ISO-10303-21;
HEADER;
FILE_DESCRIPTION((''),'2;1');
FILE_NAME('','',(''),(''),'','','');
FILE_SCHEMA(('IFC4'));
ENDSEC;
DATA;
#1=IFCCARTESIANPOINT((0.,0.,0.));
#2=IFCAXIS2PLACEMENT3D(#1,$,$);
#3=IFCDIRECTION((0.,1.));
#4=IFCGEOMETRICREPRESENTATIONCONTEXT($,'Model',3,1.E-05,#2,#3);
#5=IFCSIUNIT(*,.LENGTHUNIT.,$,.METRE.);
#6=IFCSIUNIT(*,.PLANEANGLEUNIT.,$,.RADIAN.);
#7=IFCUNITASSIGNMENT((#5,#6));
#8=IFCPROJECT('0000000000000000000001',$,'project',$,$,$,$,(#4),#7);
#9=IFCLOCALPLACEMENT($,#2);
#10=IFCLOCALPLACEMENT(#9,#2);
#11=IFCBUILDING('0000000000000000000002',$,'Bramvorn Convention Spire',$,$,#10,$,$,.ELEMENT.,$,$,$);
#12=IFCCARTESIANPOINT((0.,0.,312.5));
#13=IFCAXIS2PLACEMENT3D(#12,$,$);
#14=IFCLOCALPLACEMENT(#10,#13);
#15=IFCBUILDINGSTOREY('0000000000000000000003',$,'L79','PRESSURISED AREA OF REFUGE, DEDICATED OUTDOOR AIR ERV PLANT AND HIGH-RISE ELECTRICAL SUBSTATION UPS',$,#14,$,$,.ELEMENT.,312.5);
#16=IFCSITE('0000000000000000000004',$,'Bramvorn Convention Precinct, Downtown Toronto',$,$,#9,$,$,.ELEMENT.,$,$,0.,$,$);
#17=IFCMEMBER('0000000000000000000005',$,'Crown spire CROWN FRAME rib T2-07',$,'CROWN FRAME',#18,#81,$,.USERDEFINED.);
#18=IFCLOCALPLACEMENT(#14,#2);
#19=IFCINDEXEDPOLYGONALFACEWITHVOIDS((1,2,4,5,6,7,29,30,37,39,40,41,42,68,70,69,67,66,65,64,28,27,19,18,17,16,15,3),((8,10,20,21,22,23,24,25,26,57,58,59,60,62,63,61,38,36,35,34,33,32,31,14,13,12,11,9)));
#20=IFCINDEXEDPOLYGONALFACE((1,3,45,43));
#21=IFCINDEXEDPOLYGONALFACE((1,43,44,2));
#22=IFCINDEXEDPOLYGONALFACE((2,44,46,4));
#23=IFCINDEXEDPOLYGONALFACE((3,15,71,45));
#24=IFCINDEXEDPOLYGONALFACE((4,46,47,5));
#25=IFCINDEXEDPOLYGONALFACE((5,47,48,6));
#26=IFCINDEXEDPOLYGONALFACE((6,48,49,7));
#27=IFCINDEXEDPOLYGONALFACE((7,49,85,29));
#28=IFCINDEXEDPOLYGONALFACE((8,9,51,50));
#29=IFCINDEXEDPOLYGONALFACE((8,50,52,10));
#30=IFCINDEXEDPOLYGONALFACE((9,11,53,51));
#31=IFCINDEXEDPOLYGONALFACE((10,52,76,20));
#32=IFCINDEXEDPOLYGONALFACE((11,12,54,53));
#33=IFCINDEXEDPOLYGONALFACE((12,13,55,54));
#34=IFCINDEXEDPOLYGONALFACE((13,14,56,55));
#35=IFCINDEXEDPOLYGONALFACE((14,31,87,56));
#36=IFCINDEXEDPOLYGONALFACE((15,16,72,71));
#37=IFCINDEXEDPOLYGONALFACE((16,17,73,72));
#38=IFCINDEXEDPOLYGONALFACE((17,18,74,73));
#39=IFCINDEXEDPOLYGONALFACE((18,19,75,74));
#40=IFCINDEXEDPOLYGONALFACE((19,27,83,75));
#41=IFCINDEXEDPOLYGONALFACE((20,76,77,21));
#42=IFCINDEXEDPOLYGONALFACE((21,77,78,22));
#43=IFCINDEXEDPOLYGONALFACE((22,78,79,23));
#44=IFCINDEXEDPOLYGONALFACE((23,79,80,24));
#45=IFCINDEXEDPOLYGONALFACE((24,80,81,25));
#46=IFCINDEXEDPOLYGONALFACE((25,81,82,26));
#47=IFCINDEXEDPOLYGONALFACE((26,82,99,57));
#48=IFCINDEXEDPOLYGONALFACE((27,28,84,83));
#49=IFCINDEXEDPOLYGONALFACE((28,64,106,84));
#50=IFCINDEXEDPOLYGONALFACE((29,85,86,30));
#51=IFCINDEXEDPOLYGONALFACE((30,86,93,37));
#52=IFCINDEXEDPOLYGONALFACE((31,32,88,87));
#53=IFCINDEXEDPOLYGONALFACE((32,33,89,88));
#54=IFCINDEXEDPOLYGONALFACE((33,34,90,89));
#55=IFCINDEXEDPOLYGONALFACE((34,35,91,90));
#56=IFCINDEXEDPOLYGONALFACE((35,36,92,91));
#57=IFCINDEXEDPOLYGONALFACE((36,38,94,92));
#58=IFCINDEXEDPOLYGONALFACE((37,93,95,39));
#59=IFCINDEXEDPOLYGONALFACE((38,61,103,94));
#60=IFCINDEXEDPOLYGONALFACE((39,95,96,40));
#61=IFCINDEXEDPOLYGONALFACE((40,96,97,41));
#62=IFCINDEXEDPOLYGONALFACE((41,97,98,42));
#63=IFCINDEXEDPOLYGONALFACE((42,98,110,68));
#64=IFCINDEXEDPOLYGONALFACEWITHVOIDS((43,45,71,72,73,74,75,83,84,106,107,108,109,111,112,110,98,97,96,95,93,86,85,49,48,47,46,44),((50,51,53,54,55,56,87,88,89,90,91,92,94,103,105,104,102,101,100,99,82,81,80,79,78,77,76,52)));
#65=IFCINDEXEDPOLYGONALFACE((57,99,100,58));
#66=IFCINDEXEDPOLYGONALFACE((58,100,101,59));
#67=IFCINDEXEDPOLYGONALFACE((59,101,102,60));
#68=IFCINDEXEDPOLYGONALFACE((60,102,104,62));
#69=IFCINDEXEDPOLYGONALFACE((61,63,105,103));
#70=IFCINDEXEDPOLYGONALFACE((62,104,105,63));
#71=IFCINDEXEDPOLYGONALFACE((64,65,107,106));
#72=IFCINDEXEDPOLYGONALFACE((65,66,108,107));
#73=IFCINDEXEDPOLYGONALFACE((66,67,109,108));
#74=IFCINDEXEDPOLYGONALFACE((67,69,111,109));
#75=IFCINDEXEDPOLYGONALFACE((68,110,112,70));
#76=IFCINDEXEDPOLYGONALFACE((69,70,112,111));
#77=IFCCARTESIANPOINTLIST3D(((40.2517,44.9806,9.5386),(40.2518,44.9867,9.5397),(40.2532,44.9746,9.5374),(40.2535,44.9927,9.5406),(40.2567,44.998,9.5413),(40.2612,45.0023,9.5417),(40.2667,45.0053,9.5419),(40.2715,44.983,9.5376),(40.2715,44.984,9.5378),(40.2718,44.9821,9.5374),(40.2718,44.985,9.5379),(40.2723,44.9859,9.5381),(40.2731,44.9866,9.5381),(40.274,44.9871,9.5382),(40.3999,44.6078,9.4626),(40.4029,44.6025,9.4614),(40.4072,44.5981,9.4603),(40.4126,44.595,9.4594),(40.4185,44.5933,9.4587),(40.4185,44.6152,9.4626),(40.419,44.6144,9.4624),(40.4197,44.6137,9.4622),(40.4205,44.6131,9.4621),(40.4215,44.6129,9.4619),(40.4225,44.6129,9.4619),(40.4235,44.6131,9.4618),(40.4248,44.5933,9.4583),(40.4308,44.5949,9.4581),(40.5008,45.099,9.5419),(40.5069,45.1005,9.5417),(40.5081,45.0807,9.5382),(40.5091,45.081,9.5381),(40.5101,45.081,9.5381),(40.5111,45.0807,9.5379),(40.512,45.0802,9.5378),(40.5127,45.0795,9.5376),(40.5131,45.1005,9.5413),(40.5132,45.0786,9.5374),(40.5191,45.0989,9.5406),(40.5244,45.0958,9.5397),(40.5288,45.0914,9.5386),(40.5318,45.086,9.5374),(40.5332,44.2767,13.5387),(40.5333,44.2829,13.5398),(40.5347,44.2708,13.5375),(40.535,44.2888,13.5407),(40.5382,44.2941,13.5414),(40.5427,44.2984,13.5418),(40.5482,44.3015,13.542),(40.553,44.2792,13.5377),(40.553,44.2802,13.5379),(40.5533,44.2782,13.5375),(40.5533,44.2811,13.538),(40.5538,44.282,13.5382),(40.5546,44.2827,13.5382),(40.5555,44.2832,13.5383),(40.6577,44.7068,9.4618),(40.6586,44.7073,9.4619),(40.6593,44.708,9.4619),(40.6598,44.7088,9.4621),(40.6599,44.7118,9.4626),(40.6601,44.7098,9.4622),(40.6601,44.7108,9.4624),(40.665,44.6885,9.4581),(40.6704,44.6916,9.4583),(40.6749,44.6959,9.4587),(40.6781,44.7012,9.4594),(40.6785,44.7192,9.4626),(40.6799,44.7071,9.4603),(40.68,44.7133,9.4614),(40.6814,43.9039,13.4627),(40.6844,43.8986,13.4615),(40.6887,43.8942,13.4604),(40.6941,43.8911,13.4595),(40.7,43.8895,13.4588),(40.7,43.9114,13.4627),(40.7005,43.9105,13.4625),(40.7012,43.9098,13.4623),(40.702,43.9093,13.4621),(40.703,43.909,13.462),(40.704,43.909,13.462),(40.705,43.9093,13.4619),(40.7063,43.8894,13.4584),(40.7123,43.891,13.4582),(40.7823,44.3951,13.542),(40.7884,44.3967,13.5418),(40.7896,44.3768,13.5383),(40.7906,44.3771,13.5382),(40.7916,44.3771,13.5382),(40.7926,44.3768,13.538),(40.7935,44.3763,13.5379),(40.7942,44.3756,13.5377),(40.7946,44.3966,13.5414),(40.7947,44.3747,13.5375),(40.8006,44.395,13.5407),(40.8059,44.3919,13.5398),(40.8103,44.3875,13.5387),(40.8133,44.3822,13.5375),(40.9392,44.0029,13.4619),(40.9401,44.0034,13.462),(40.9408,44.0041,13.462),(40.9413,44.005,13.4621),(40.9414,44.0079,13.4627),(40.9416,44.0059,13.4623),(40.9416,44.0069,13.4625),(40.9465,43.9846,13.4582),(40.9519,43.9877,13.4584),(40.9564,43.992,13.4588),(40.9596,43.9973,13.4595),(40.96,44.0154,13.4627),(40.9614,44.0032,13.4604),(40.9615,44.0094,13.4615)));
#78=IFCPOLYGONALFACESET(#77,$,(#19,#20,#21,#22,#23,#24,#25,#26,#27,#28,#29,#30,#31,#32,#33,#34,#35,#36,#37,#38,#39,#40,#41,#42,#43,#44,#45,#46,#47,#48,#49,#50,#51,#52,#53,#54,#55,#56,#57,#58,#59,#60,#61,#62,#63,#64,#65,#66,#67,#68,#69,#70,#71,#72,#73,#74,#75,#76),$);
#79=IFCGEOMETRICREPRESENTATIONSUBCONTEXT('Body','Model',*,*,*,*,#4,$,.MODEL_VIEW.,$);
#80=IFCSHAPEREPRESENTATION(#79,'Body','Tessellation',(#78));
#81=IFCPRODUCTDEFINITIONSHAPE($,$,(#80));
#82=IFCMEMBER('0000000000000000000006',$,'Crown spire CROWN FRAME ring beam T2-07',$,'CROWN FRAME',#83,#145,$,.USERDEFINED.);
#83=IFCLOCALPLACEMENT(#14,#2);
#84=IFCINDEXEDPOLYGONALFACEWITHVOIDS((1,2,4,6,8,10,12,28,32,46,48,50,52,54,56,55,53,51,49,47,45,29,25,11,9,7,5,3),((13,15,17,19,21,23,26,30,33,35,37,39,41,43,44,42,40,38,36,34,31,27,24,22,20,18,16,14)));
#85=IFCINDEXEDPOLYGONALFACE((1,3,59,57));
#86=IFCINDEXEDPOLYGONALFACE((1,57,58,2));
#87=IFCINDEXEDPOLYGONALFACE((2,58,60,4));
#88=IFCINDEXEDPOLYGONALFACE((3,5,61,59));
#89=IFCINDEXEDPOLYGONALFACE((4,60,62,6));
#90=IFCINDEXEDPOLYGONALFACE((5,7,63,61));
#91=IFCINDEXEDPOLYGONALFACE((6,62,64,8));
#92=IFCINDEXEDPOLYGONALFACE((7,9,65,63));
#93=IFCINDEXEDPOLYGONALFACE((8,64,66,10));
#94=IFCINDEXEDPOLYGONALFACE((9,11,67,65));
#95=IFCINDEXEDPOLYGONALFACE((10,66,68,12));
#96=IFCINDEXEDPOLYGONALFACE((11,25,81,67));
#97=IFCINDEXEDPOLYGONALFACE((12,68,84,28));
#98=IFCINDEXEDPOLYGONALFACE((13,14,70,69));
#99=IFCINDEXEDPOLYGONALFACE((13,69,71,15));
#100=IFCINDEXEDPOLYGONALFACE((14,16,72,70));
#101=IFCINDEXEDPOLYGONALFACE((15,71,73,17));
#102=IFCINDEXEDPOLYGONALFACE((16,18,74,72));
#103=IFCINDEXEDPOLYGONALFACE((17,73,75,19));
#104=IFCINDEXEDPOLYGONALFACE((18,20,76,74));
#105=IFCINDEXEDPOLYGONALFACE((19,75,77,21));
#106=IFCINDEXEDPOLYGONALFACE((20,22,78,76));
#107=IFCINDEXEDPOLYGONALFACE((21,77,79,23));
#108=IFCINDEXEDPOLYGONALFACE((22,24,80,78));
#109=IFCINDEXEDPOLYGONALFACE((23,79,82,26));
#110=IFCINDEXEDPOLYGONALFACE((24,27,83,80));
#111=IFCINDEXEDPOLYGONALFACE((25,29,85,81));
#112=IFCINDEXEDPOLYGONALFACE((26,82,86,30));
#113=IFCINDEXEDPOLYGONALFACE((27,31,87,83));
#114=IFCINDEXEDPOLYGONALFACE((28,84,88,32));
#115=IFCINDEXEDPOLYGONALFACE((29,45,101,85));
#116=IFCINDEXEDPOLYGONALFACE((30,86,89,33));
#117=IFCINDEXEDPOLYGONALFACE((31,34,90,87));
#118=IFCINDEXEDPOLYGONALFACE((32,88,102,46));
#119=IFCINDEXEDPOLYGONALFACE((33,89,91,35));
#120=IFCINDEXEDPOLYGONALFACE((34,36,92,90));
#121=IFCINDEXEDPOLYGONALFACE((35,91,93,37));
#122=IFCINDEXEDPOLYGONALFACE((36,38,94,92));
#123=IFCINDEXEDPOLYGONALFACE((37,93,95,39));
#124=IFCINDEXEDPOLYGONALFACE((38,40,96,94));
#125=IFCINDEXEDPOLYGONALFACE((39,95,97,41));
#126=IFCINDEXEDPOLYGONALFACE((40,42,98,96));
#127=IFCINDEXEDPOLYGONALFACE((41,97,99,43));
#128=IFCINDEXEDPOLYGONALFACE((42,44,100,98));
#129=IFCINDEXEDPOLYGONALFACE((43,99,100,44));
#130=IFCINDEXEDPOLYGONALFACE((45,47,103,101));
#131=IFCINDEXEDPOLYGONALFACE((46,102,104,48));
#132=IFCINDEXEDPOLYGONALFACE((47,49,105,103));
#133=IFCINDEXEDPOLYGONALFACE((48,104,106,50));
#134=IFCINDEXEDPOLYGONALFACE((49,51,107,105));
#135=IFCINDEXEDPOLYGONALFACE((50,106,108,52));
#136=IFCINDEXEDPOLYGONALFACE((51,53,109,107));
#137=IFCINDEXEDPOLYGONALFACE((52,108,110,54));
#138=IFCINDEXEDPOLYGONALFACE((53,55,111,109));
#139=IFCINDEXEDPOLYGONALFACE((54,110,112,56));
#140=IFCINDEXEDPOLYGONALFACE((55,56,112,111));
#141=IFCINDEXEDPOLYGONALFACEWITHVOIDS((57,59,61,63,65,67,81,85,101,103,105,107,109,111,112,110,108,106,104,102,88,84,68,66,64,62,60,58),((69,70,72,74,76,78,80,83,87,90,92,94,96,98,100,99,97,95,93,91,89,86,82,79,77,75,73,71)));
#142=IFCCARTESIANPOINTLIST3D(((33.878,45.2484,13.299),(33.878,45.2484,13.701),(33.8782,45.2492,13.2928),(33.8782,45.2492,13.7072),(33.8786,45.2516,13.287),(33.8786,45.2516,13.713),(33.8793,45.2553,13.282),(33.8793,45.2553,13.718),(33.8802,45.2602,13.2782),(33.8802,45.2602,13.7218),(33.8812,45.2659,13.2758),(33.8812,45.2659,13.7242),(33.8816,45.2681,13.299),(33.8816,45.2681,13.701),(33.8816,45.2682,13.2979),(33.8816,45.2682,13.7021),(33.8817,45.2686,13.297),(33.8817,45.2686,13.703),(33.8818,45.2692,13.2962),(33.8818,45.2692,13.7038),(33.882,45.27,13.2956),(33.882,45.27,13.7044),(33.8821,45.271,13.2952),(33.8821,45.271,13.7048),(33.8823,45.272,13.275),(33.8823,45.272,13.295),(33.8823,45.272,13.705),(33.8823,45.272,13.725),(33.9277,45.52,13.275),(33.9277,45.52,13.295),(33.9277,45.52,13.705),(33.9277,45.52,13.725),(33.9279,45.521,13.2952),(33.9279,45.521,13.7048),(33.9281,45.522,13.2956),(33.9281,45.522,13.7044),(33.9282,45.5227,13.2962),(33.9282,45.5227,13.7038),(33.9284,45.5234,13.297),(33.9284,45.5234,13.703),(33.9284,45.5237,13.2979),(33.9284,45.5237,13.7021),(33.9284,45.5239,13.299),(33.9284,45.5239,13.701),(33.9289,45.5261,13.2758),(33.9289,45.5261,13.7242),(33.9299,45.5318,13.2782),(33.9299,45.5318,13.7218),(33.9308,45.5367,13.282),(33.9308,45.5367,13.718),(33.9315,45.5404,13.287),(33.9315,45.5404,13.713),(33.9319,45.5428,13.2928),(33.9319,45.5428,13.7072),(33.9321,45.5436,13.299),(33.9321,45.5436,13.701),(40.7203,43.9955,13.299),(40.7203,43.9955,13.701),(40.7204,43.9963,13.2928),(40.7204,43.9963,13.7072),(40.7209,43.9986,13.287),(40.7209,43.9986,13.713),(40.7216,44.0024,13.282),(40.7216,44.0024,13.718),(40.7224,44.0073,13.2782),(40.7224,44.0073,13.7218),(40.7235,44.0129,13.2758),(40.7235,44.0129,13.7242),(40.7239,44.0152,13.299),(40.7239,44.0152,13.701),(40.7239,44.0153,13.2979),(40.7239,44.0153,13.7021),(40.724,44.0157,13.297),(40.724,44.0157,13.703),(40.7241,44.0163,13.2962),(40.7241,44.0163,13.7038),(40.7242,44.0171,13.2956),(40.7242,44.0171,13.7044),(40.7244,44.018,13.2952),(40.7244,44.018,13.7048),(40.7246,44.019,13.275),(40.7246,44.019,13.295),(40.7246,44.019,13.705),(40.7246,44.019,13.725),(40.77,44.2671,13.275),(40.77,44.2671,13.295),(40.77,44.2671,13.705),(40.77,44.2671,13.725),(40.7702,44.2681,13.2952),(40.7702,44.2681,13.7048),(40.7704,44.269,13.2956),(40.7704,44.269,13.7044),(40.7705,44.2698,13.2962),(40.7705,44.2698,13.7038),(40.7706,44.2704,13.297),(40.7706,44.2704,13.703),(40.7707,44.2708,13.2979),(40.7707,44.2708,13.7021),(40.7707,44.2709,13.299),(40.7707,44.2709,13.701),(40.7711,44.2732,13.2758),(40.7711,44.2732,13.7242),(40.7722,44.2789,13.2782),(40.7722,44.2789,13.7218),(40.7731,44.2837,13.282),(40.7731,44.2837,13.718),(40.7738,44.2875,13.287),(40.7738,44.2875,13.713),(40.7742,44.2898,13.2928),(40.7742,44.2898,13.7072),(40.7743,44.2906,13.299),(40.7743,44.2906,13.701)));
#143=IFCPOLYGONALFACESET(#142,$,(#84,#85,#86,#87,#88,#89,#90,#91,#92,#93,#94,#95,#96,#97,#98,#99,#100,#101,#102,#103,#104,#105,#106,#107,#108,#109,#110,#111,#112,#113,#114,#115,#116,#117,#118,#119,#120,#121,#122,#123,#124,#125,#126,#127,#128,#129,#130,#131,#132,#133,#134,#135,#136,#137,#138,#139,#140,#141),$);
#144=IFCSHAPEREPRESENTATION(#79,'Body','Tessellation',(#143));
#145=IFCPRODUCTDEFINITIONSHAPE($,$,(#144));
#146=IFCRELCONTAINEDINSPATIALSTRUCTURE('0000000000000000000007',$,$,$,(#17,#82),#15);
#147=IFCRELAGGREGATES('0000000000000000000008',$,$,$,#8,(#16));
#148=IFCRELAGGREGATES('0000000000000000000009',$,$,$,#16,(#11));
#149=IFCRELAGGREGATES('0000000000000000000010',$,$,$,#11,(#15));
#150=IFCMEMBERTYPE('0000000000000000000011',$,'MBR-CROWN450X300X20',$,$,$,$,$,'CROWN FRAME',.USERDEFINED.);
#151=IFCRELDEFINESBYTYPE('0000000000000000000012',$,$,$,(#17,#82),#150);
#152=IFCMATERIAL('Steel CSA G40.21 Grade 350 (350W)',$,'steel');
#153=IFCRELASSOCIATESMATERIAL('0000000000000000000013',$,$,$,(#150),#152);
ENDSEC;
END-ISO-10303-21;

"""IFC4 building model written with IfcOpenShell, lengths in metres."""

from ifc_helpers import new_model, si_unit, direction, frame, origin, origin_2d, place, context, subcontext, project, spatial, hollow_rectangle, extrude, material, material_profile, profile_set, type_object, element, save


model = new_model("IFC4")

# Units and contexts
model_context = context("Model", 3, precision=1e-05, world=origin(), true_north=direction((0.0, 1.0)))
body_context = subcontext(model_context, "Body", "Model", "MODEL_VIEW")
ifc_project = project(units=[si_unit("LENGTHUNIT", "METRE"), si_unit("PLANEANGLEUNIT", "RADIAN")], contexts=[model_context])

# Site, building, storey
site_placement = place(None, origin())
site = spatial("IfcSite", under=ifc_project, at=site_placement, Name="Bramvorn Convention Precinct, Downtown Toronto", CompositionType="ELEMENT", RefElevation=0.0)
building_placement = place(site_placement, origin())
building = spatial("IfcBuilding", under=site, at=building_placement, Name="Bramvorn Convention Spire", CompositionType="ELEMENT")
storey_placement = place(building_placement, frame((0.0, 0.0, 312.5)))
storey = spatial("IfcBuildingStorey", under=building, at=storey_placement, Name="L79", Description="PRESSURISED AREA OF REFUGE, DEDICATED OUTDOOR AIR ERV PLANT AND HIGH-RISE ELECTRICAL SUBSTATION UPS", CompositionType="ELEMENT", Elevation=312.5)

# Shared definitions
ifc_material_1 = material(Name="Steel CSA G40.21 Grade 350 (350W)", Category="steel")

# Members
ifc_material_profile_1 = material_profile(ifc_material_1, hollow_rectangle(XDim=0.3, YDim=0.45, WallThickness=0.02, InnerFilletRadius=0.0039, OuterFilletRadius=0.0239, at=origin_2d()))
ifc_profile_set_1 = profile_set([ifc_material_profile_1], Name="Steel CSA G40.21 Grade 350 (350W) - CROWN450X300X20")
member_type = type_object("IfcMemberType", Name="MBR-CROWN450X300X20", ElementType="CROWN FRAME", PredefinedType="USERDEFINED", material=ifc_profile_set_1)
member_1_placement = place(storey_placement, frame((40.4658, 44.8469, 9.5), z_axis=(0.069143, -0.172887, 0.982512), x_axis=(0.928499, 0.371335, 0.0)))
element("IfcMember", 1, at=member_1_placement, inside=storey, type_object=member_type, Name="Crown spire CROWN FRAME rib T2-07", ObjectType="CROWN FRAME", PredefinedType="USERDEFINED", context=body_context, shape_type="SweptSolid", body=[
    extrude(hollow_rectangle(XDim=0.3, YDim=0.45, WallThickness=0.02, InnerFilletRadius=0.0039, OuterFilletRadius=0.0239, at=origin_2d()), origin(), (0.0, 0.0, 1.0), 4.0713),
])
member_2_placement = place(storey_placement, frame((40.7473, 44.1431, 13.5), z_axis=(-0.983645, 0.180121, 0.0), x_axis=(-0.180121, -0.983645, 0.0)))
element("IfcMember", 2, at=member_2_placement, inside=storey, type_object=member_type, Name="Crown spire CROWN FRAME ring beam T2-07", ObjectType="CROWN FRAME", PredefinedType="USERDEFINED", context=body_context, shape_type="SweptSolid", body=[
    extrude(hollow_rectangle(XDim=0.3, YDim=0.45, WallThickness=0.02, InnerFilletRadius=0.0039, OuterFilletRadius=0.0239, at=origin_2d()), origin(), (0.0, 0.0, 1.0), 6.9561),
])

save(model, "model.ifc")
